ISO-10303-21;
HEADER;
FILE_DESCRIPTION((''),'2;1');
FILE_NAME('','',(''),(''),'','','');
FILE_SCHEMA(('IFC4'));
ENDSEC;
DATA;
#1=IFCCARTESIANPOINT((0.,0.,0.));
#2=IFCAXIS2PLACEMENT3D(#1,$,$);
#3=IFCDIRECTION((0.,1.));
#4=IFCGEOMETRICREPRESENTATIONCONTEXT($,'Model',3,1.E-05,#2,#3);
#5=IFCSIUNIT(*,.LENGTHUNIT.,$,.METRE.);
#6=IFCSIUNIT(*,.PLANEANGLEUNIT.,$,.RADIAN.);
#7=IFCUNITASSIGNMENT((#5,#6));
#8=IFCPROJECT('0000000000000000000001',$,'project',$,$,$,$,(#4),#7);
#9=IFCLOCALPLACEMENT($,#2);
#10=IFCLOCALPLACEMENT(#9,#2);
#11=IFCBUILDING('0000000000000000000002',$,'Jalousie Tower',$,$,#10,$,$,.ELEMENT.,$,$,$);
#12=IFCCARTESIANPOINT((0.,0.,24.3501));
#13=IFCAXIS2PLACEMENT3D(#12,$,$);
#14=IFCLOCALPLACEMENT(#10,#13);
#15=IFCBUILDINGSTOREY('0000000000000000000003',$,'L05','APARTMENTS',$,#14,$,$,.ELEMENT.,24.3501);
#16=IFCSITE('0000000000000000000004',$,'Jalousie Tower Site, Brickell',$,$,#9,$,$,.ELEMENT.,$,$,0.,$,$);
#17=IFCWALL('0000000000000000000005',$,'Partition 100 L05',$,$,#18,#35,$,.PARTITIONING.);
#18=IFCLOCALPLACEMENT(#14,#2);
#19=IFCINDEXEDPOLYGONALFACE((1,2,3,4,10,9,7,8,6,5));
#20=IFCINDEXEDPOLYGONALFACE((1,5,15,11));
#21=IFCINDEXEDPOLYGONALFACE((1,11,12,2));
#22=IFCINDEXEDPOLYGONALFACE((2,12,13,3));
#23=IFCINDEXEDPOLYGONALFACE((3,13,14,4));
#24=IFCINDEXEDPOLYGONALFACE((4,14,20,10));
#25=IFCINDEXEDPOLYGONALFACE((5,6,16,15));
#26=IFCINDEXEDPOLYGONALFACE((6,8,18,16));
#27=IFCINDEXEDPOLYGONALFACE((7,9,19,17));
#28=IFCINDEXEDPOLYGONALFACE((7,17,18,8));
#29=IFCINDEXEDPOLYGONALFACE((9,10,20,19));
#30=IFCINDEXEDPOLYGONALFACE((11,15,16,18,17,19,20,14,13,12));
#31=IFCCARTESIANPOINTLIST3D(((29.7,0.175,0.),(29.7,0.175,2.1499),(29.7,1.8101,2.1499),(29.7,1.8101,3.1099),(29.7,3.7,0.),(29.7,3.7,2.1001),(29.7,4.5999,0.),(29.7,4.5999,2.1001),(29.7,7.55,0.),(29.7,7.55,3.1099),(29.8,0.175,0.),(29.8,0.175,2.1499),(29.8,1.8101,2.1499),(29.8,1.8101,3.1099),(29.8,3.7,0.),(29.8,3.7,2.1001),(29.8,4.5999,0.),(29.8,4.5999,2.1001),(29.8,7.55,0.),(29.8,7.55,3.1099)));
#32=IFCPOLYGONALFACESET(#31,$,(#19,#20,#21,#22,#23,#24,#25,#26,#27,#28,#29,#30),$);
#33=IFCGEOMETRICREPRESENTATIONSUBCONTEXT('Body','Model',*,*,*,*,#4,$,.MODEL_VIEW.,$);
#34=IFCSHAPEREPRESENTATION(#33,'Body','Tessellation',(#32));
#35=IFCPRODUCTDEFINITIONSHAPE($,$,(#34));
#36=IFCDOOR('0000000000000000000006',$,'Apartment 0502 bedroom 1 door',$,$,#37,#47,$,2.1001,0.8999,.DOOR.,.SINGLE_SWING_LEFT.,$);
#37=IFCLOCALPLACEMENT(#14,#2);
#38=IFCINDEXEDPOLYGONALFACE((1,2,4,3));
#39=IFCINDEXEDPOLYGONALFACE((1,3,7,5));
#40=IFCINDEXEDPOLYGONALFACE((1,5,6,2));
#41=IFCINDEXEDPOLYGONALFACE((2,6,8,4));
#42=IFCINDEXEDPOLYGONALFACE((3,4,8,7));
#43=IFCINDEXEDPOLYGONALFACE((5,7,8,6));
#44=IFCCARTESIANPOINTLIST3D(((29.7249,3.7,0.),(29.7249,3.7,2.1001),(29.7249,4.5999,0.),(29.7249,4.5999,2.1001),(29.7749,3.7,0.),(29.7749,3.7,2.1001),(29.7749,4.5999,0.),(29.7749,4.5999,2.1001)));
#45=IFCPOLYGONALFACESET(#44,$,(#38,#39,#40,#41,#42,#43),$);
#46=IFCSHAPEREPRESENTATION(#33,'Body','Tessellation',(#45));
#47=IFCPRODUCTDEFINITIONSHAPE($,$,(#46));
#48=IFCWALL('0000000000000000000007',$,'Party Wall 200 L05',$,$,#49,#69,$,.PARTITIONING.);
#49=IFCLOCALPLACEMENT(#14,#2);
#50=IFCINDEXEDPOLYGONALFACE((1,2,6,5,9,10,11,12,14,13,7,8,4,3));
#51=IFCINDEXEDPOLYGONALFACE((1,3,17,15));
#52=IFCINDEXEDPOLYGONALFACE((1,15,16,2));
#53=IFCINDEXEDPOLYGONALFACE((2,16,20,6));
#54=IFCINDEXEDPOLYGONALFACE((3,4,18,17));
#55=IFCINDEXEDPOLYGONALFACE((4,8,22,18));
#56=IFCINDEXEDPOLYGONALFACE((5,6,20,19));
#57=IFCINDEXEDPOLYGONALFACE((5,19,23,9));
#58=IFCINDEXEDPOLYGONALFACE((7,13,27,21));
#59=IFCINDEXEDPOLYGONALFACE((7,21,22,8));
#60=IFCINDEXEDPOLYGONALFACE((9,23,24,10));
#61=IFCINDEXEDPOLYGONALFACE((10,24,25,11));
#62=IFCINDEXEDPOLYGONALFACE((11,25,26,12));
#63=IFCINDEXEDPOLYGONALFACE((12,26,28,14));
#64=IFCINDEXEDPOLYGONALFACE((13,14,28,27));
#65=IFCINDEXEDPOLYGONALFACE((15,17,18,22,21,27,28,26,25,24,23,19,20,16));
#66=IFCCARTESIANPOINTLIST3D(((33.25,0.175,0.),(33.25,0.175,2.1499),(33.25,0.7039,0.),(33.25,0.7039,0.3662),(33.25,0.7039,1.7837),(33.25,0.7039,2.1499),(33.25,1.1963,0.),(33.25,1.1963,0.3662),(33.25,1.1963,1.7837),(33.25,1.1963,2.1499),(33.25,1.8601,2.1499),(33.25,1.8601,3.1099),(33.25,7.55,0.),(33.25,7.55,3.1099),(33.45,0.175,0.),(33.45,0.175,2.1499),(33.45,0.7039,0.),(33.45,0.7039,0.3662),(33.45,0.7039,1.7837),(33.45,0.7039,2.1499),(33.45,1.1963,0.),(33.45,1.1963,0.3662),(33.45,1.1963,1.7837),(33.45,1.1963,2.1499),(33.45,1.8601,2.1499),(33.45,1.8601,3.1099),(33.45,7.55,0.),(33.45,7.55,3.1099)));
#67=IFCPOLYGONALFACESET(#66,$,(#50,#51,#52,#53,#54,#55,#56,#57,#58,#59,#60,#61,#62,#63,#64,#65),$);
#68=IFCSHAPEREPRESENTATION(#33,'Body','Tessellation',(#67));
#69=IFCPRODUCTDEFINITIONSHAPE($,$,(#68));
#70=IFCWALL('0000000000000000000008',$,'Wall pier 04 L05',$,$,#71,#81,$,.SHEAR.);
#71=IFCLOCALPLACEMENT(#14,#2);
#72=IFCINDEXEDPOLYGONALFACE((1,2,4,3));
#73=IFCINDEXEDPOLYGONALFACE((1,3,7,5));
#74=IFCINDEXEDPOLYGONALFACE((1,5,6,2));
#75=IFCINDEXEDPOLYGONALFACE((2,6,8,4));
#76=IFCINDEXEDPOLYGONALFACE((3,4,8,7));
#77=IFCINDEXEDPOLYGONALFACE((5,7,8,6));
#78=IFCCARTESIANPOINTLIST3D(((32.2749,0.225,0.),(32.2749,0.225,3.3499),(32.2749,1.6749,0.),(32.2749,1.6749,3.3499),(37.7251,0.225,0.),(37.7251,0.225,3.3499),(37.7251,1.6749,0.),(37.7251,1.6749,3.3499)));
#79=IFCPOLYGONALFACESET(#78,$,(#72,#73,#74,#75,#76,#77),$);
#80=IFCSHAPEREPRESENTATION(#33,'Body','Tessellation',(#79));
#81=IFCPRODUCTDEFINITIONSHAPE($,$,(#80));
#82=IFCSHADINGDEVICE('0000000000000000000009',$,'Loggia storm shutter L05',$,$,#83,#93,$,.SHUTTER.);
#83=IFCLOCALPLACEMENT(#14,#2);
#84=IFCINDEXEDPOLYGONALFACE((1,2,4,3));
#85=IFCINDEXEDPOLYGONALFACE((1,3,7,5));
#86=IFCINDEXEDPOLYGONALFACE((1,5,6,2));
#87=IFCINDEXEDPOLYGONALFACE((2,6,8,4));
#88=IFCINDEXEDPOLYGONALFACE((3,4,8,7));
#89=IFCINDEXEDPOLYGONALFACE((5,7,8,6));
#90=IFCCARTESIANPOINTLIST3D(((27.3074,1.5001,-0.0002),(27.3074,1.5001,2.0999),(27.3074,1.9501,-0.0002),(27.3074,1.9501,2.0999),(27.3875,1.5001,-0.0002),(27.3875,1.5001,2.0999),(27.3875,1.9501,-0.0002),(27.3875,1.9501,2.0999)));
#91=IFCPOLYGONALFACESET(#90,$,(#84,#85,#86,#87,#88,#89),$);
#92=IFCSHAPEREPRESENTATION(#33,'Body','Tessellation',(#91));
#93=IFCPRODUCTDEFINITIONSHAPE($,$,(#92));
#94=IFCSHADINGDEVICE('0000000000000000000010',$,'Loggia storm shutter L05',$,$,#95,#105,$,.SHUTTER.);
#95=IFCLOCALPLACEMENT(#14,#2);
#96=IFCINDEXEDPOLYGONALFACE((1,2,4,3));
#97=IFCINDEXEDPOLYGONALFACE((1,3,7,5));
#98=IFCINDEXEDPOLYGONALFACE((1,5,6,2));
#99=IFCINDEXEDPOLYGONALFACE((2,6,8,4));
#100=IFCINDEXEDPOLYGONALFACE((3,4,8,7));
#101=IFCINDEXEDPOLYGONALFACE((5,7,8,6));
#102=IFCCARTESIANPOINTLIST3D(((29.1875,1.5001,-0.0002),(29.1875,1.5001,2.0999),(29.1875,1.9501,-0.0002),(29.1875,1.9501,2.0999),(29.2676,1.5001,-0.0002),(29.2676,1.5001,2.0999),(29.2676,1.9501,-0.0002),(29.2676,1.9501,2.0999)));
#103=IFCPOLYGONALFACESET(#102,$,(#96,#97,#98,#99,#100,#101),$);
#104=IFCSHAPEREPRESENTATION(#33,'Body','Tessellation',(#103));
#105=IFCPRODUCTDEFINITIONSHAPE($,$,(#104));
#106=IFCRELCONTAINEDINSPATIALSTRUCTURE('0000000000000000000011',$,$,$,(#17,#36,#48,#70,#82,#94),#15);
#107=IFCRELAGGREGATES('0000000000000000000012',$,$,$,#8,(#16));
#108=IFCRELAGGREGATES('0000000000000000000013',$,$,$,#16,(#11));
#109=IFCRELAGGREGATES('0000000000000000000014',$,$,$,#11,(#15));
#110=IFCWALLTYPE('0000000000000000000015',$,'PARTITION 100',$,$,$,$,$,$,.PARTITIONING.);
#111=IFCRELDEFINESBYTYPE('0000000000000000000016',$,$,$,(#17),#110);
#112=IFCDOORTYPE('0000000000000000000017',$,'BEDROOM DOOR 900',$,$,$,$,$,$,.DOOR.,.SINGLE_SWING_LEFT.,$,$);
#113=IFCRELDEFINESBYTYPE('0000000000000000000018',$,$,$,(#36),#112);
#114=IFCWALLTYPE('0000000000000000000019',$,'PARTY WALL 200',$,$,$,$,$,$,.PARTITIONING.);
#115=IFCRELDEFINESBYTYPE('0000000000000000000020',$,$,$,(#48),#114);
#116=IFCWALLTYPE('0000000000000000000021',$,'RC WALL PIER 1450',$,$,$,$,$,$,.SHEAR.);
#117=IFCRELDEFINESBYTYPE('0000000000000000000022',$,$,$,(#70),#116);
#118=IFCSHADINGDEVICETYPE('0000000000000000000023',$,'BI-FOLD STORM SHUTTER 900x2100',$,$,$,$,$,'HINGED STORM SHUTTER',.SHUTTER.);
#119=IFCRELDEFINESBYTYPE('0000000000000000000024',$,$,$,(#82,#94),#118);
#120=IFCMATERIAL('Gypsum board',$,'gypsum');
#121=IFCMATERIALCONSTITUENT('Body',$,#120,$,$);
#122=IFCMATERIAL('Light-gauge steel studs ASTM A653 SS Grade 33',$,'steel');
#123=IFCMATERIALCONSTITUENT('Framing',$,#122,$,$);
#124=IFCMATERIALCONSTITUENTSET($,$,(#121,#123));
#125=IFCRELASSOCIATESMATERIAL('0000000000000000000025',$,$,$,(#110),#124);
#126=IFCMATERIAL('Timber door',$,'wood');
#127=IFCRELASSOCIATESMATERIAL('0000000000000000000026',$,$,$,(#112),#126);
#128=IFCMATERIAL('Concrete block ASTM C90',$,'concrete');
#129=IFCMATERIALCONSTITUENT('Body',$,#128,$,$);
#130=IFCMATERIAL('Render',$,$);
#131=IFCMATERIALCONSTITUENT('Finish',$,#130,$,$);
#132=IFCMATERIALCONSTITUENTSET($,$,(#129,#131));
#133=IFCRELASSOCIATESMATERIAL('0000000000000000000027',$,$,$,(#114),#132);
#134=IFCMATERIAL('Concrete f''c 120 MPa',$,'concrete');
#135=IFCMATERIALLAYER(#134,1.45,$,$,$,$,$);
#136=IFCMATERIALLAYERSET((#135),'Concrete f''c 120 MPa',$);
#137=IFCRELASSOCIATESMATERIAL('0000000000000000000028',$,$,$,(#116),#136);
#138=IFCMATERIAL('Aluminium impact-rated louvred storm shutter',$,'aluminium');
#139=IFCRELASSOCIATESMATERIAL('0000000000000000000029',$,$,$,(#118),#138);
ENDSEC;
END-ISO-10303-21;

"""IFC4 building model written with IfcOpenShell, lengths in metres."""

from ifc_helpers import new_model, si_unit, direction, frame, frame_2d, origin, origin_2d, place, context, subcontext, project, spatial, polyline, rectangle, outline, extrude, material, layer, layer_set, constituent, constituent_set, type_object, element, fill, save


model = new_model("IFC4")

# Units and contexts
model_context = context("Model", 3, precision=1e-05, world=origin(), true_north=direction((0.0, 1.0)))
body_context = subcontext(model_context, "Body", "Model", "MODEL_VIEW")
ifc_project = project(units=[si_unit("LENGTHUNIT", "METRE"), si_unit("PLANEANGLEUNIT", "RADIAN")], contexts=[model_context])

# Site, building, storey
site_placement = place(None, origin())
site = spatial("IfcSite", under=ifc_project, at=site_placement, Name="Jalousie Tower Site, Brickell", CompositionType="ELEMENT", RefElevation=0.0)
building_placement = place(site_placement, origin())
building = spatial("IfcBuilding", under=site, at=building_placement, Name="Jalousie Tower", CompositionType="ELEMENT")
storey_placement = place(building_placement, frame((0.0, 0.0, 24.3501)))
storey = spatial("IfcBuildingStorey", under=building, at=storey_placement, Name="L05", Description="APARTMENTS", CompositionType="ELEMENT", Elevation=24.3501)

# Wall, opening, door
ifc_material_1 = material(Name="Gypsum board", Category="gypsum")
ifc_constituent_1 = constituent(ifc_material_1, Name="Body")
ifc_material_2 = material(Name="Light-gauge steel studs ASTM A653 SS Grade 33", Category="steel")
ifc_constituent_2 = constituent(ifc_material_2, Name="Framing")
ifc_constituent_set_1 = constituent_set(constituents=[ifc_constituent_1, ifc_constituent_2])
wall_type_1 = type_object("IfcWallType", Name="PARTITION 100", PredefinedType="PARTITIONING", material=ifc_constituent_set_1)
wall_1_placement = place(storey_placement, frame((29.75, 0.175, 0.0), z_axis=(0.0, 0.0, 1.0), x_axis=(0.0, 1.0, 0.0)))
wall_1 = element("IfcWall", 1, at=wall_1_placement, inside=storey, type_object=wall_type_1, Name="Partition 100 L05", PredefinedType="PARTITIONING", context=body_context, shape_type="SweptSolid", body=[
    extrude(outline(polyline([(0.0, 0.0), (7.375, 0.0), (7.375, 3.1099), (1.635, 3.1099), (1.635, 2.1499), (0.0, 2.1499), (0.0, 3.1099), (0.0, 0.0)])), frame((0.0, 0.05, 0.0), z_axis=(0.0, -1.0, 0.0), x_axis=(1.0, 0.0, 0.0)), (0.0, 0.0, 1.0), 0.1001),
])
opening_1_placement = place(wall_1_placement, frame((3.5249, 0.0, 0.0)))
opening_1 = element("IfcOpeningElement", 2, at=opening_1_placement, cuts=wall_1, PredefinedType="OPENING", context=body_context, shape_type="SweptSolid", body=[
    extrude(rectangle(XDim=0.8999, YDim=2.1001, at=frame_2d((0.45, 1.05))), frame((0.0, 0.0601, 0.0), z_axis=(0.0, -1.0, 0.0), x_axis=(1.0, 0.0, 0.0)), (0.0, 0.0, 1.0), 0.1201),
])
ifc_material_3 = material(Name="Timber door", Category="wood")
door_type_1 = type_object("IfcDoorType", Name="BEDROOM DOOR 900", OperationType="SINGLE_SWING_LEFT", PredefinedType="DOOR", material=ifc_material_3)
door_1_placement = place(opening_1_placement, frame((0.8999, 0.0, 0.0), z_axis=(0.0, 0.0, 1.0), x_axis=(-1.0, 0.0, 0.0)))
door_1 = element("IfcDoor", 3, at=door_1_placement, inside=storey, type_object=door_type_1, Name="Apartment 0502 bedroom 1 door", OperationType="SINGLE_SWING_LEFT", OverallHeight=2.1001, OverallWidth=0.8999, PredefinedType="DOOR", context=body_context, shape_type="SweptSolid", body=[
    extrude(rectangle(XDim=0.8999, YDim=2.1001, at=frame_2d((0.45, 1.05))), frame((0.0, 0.0249, 0.0), z_axis=(0.0, -1.0, 0.0), x_axis=(1.0, 0.0, 0.0)), (0.0, 0.0, 1.0), 0.05),
])
fill(opening_1, door_1)

# Walls
ifc_material_4 = material(Name="Concrete block ASTM C90", Category="concrete")
ifc_constituent_3 = constituent(ifc_material_4, Name="Body")
ifc_material_5 = material(Name="Render")
ifc_constituent_4 = constituent(ifc_material_5, Name="Finish")
ifc_constituent_set_2 = constituent_set(constituents=[ifc_constituent_3, ifc_constituent_4])
wall_type_2 = type_object("IfcWallType", Name="PARTY WALL 200", PredefinedType="PARTITIONING", material=ifc_constituent_set_2)
wall_2_placement = place(storey_placement, frame((33.3501, 0.175, 0.0), z_axis=(0.0, 0.0, 1.0), x_axis=(0.0, 1.0, 0.0)))
element("IfcWall", 4, at=wall_2_placement, inside=storey, type_object=wall_type_2, Name="Party Wall 200 L05", PredefinedType="PARTITIONING", context=body_context, shape_type="SweptSolid", body=[
    extrude(outline(polyline([(0.5288, 2.1499), (0.0, 2.1499), (0.0, 0.0), (0.5288, 0.0), (0.5288, 0.3662), (1.0212, 0.3662), (1.0212, 0.0), (7.375, 0.0), (7.375, 3.1099), (1.6851, 3.1099), (1.6851, 2.1499), (1.0212, 2.1499), (1.0212, 1.7837), (0.5288, 1.7837), (0.5288, 2.1499)])), frame((0.0, 0.1001, 0.0), z_axis=(0.0, -1.0, 0.0), x_axis=(1.0, 0.0, 0.0)), (0.0, 0.0, 1.0), 0.2),
])
ifc_material_6 = material(Name="Concrete f'c 120 MPa", Category="concrete")
ifc_layer_1 = layer(ifc_material_6, 1.45)
ifc_layer_set_1 = layer_set([ifc_layer_1], Name="Concrete f'c 120 MPa")
wall_type_3 = type_object("IfcWallType", Name="RC WALL PIER 1450", PredefinedType="SHEAR", material=ifc_layer_set_1)
wall_3_placement = place(storey_placement, frame((32.2749, 0.95, 0.0), z_axis=(0.0, 0.0, 1.0), x_axis=(1.0, 0.0, 0.0)))
element("IfcWall", 5, at=wall_3_placement, inside=storey, type_object=wall_type_3, Name="Wall pier 04 L05", PredefinedType="SHEAR", context=body_context, shape_type="SweptSolid", body=[
    extrude(rectangle(XDim=5.4502, YDim=1.45, at=frame_2d((2.7251, 0.0))), origin(), (0.0, 0.0, 1.0), 3.3499),
])

# Shading devices
ifc_material_7 = material(Name="Aluminium impact-rated louvred storm shutter", Category="aluminium")
shading_device_type_1 = type_object("IfcShadingDeviceType", Name="BI-FOLD STORM SHUTTER 900x2100", ElementType="HINGED STORM SHUTTER", PredefinedType="SHUTTER", material=ifc_material_7)
for number, where, z_axis, x_axis, name in (
    (6, (27.3474, 1.7251, -0.0002), (0.0, 0.0, 1.0), (0.0, 1.0, 0.0), "Loggia storm shutter L05"),
    (7, (29.2275, 1.7251, -0.0002), (0.0, 0.0, 1.0), (0.0, 1.0, 0.0), "Loggia storm shutter L05"),
):
    element("IfcShadingDevice", number, at=place(storey_placement, frame(where, z_axis=z_axis, x_axis=x_axis)), inside=storey, type_object=shading_device_type_1, Name=name, PredefinedType="SHUTTER", context=body_context, shape_type="SweptSolid", body=[
        extrude(rectangle(XDim=0.45, YDim=0.0801, at=origin_2d()), origin(), (0.0, 0.0, 1.0), 2.1001),
    ])

save(model, "model.ifc")
